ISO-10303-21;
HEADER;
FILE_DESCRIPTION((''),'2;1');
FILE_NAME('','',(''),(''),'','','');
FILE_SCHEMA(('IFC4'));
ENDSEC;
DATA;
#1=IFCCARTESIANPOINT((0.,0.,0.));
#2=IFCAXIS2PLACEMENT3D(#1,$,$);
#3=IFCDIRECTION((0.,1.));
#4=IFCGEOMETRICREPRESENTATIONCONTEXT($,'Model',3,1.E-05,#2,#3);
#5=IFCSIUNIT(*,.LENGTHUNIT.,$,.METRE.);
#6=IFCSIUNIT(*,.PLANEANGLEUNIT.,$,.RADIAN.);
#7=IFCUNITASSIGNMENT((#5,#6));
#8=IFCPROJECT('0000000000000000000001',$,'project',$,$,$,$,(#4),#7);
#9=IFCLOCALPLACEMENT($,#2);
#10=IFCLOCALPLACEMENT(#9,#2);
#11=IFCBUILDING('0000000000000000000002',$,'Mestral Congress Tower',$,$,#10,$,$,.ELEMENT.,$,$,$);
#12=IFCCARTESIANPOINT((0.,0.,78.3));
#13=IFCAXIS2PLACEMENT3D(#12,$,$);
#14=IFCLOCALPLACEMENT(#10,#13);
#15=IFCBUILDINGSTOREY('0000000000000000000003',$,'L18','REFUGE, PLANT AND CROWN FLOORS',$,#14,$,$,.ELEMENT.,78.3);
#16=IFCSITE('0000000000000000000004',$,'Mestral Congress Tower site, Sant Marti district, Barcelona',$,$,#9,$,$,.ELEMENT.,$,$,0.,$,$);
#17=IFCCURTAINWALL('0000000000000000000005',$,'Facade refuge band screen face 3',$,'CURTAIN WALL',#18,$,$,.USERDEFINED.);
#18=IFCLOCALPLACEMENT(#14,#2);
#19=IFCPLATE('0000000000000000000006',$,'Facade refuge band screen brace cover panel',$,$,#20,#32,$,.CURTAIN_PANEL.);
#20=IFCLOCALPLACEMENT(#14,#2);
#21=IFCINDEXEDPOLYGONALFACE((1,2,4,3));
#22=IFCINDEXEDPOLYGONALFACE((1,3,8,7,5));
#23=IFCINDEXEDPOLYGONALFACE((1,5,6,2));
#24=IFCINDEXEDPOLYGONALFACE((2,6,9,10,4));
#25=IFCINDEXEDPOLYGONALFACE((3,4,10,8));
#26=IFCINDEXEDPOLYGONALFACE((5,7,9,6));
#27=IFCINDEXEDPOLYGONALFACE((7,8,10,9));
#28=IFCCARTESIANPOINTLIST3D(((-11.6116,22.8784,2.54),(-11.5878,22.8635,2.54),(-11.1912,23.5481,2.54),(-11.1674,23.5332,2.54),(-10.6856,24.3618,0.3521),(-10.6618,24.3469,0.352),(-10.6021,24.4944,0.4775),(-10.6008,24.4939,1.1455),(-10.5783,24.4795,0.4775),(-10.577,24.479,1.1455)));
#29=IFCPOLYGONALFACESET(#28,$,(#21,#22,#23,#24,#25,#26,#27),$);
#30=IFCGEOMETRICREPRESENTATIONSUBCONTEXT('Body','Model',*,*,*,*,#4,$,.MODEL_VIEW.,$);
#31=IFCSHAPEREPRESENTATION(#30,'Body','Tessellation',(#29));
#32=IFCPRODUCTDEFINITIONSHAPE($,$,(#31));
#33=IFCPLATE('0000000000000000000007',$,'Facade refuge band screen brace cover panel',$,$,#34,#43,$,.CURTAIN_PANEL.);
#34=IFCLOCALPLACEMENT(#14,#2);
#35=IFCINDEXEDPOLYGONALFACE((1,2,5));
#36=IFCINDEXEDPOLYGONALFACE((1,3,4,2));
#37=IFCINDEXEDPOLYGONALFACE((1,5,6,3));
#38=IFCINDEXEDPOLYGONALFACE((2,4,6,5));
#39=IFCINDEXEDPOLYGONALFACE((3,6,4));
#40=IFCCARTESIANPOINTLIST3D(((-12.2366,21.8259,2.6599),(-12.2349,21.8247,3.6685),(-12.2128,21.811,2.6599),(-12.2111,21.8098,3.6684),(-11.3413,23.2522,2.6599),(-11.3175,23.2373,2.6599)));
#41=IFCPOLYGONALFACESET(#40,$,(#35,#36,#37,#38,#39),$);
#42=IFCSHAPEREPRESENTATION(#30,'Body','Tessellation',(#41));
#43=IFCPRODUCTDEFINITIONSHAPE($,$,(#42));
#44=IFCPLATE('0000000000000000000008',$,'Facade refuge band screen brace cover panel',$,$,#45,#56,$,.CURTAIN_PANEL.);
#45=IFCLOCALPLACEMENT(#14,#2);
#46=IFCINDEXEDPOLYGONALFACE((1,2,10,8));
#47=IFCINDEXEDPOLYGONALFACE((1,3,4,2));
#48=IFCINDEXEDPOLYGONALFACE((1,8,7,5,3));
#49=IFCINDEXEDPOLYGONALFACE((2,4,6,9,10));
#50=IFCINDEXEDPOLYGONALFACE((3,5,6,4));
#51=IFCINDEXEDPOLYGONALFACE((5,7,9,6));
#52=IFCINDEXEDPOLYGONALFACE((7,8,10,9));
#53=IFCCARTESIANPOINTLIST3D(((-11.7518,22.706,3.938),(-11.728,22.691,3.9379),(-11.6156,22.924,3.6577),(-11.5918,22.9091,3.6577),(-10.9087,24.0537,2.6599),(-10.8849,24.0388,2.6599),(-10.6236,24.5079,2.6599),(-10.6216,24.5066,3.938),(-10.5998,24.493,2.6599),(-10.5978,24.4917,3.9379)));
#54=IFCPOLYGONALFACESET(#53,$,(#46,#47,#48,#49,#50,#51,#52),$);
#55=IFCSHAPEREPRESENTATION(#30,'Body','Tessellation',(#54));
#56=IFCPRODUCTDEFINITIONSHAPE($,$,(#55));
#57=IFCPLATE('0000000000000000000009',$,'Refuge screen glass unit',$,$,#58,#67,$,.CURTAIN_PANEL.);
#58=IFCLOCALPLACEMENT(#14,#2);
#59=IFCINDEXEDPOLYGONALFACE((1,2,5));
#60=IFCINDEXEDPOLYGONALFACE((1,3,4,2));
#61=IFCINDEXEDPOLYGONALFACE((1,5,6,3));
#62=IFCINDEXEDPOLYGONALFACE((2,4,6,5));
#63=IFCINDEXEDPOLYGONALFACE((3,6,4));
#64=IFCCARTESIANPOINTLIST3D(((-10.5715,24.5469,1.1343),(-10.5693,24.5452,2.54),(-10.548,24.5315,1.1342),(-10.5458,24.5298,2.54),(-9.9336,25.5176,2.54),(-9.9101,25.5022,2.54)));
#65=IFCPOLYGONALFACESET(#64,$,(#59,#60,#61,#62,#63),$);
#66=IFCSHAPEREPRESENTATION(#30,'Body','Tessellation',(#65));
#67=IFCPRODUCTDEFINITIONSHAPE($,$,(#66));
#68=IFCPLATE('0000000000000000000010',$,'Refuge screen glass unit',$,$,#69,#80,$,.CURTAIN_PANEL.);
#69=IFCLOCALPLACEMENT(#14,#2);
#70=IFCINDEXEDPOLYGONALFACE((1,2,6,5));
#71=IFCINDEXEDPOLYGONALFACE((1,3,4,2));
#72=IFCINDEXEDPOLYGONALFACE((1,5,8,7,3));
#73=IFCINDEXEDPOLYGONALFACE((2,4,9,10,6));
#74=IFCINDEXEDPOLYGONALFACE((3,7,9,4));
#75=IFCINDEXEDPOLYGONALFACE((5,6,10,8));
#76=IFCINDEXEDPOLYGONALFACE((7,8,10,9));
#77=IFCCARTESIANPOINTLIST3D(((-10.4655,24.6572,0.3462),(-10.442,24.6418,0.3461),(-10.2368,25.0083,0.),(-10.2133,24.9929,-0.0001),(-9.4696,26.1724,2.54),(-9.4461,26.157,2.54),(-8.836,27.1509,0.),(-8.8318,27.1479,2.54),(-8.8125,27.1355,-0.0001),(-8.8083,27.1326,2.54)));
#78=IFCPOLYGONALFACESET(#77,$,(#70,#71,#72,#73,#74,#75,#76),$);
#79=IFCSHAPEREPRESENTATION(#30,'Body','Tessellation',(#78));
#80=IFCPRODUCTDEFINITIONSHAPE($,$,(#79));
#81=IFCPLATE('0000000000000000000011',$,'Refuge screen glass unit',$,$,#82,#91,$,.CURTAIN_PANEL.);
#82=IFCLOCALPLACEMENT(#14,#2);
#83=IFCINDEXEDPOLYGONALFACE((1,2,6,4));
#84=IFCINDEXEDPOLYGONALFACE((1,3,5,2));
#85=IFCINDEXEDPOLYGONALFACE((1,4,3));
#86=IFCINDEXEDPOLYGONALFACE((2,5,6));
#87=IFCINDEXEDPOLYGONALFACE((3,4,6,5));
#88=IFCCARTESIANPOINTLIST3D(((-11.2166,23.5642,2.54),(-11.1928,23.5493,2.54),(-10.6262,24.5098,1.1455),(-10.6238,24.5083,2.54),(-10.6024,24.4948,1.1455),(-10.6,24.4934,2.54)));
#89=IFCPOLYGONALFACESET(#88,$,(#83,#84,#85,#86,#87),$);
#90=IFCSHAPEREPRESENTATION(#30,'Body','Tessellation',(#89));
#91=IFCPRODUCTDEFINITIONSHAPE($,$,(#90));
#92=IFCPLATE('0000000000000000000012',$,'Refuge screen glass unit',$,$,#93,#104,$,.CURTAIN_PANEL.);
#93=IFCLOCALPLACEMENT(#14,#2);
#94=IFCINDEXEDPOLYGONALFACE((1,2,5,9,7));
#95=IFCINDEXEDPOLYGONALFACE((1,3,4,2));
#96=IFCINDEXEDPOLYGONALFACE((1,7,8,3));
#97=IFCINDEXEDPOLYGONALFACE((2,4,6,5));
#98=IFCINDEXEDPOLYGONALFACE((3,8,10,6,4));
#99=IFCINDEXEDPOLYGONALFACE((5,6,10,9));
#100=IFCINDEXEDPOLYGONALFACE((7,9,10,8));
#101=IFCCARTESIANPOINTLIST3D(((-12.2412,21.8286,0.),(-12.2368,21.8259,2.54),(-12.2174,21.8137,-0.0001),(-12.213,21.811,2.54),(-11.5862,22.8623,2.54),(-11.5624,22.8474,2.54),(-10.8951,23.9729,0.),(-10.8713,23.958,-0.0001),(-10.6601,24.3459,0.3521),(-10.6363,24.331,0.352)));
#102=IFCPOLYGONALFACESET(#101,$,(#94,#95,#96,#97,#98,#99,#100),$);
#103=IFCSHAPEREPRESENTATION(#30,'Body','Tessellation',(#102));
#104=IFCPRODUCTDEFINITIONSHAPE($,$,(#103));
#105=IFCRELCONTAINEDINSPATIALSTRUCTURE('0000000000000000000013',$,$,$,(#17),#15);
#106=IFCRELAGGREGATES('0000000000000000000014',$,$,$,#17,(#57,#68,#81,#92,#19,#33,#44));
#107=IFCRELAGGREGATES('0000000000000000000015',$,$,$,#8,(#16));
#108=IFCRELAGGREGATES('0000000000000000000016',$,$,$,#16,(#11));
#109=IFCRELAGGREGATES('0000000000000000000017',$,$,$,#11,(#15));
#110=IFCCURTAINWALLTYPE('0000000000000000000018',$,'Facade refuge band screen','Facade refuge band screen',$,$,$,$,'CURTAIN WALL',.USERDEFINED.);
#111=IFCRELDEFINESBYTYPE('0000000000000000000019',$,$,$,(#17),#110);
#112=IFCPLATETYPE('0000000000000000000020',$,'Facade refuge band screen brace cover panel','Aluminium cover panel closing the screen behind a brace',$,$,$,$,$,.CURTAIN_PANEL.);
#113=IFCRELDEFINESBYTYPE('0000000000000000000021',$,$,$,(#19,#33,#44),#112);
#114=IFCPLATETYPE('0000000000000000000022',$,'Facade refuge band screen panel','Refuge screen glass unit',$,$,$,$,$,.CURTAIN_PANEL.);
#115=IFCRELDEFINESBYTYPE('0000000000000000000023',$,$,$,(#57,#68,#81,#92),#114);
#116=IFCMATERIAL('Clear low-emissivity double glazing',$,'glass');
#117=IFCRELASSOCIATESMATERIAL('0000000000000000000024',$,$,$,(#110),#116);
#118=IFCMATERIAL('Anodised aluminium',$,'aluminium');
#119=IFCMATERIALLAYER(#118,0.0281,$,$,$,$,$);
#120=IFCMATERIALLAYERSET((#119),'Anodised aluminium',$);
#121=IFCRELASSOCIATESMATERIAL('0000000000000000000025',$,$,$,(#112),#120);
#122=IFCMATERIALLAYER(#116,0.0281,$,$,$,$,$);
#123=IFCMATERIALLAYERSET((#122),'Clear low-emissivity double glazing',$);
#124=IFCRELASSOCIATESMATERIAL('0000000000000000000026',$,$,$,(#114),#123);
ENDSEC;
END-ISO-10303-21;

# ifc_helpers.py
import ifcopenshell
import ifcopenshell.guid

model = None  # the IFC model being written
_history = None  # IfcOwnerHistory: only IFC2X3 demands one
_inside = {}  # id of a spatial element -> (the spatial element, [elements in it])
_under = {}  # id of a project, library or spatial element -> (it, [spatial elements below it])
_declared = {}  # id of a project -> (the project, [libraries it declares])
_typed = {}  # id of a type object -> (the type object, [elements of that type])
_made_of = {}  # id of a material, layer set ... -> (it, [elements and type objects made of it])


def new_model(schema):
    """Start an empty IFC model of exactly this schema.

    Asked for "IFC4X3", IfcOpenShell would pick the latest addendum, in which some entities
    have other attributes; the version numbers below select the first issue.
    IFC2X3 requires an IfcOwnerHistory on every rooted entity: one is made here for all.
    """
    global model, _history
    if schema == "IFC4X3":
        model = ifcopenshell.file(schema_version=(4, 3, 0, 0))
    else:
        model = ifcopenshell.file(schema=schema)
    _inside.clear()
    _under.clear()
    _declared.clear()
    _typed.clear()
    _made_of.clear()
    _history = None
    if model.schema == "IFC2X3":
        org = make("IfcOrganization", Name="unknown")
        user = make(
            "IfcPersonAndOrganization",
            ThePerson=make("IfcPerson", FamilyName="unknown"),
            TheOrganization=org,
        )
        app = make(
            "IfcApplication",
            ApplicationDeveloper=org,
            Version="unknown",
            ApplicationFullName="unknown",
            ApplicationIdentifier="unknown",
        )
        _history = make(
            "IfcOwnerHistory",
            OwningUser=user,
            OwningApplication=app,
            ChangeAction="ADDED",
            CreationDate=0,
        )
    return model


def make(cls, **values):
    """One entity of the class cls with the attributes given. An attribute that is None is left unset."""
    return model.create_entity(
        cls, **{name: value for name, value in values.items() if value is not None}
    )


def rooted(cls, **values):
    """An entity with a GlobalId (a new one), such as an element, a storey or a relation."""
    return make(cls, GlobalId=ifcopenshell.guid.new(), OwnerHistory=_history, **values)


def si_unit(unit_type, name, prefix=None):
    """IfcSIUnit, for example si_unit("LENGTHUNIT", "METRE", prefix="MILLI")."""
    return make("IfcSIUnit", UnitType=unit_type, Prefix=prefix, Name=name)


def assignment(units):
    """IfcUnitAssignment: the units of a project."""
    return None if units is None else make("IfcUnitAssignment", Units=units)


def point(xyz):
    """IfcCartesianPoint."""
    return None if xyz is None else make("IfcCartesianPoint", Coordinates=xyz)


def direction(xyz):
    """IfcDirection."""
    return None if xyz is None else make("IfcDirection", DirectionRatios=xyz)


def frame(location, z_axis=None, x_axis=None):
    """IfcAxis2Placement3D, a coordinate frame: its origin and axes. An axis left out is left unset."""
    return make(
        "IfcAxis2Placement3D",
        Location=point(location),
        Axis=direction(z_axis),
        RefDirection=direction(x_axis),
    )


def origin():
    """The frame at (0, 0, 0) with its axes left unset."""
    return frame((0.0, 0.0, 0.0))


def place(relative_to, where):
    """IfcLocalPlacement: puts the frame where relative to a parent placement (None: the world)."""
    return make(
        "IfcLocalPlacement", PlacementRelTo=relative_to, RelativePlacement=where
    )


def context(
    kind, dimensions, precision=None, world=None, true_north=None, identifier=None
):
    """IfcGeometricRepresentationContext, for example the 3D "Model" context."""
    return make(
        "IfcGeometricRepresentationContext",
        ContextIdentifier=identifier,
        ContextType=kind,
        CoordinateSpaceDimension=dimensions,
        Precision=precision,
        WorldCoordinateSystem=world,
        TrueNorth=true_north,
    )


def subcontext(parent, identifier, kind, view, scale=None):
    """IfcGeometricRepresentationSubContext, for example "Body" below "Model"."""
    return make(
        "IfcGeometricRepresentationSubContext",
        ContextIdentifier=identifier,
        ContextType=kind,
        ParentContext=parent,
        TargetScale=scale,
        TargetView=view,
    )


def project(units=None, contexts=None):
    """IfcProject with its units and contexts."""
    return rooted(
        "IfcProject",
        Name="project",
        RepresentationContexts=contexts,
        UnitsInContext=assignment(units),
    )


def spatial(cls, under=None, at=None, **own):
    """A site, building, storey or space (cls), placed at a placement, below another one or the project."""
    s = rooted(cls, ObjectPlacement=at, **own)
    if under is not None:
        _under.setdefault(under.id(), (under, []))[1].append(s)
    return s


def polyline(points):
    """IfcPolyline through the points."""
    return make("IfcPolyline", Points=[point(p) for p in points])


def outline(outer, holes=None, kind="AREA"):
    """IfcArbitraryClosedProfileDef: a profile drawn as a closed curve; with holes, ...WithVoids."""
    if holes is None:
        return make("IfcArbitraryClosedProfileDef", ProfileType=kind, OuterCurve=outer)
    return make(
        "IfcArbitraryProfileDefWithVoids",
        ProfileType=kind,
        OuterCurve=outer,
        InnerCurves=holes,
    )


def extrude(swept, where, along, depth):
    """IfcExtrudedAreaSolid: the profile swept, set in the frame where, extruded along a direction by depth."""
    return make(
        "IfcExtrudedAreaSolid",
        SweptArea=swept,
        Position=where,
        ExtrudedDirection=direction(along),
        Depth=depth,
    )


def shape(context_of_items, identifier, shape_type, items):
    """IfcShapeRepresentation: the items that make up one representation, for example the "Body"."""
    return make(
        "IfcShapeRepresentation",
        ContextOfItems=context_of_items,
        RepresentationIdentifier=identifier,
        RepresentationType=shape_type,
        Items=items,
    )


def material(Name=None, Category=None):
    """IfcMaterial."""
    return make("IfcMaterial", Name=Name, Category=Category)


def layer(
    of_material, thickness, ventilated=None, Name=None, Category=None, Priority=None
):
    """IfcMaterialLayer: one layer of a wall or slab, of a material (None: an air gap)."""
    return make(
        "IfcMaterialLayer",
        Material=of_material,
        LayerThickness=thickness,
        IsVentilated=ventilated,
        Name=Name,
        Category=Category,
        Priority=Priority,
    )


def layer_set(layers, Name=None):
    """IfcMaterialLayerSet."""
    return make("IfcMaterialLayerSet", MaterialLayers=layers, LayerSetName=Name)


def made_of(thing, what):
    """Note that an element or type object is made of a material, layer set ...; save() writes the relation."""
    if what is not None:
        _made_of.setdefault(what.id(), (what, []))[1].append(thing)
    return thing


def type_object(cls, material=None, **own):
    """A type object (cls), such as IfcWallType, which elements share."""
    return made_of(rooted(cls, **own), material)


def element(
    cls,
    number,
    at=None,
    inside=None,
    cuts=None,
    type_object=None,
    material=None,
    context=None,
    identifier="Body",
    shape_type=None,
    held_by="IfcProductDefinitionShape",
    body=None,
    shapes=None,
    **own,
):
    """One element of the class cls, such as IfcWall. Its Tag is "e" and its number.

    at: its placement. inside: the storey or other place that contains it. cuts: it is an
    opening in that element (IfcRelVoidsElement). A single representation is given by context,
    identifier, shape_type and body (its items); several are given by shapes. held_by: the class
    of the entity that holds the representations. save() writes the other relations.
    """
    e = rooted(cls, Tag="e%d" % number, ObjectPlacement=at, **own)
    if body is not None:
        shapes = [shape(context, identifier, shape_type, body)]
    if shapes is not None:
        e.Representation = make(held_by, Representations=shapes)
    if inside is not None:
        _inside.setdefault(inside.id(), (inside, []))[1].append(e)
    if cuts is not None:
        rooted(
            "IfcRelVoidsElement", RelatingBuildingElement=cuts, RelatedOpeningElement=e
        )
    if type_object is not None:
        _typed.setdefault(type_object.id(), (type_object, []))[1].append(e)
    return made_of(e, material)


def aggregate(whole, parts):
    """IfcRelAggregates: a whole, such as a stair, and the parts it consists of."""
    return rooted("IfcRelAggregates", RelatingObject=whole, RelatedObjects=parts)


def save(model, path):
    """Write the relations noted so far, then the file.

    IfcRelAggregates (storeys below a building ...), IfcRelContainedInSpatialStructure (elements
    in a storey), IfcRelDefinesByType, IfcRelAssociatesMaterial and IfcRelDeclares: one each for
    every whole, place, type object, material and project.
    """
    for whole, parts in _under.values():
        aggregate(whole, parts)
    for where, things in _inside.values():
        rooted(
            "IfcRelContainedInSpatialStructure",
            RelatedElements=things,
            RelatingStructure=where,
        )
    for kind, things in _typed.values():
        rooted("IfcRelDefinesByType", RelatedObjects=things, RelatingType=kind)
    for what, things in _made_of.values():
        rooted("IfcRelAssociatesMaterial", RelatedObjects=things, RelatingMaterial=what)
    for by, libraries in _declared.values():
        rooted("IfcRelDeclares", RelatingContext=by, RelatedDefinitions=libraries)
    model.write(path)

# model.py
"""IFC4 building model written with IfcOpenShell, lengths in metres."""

from ifc_helpers import new_model, si_unit, direction, frame, origin, place, context, subcontext, project, spatial, polyline, outline, extrude, material, layer, layer_set, type_object, element, aggregate, save


model = new_model("IFC4")

# Units and contexts
model_context = context("Model", 3, precision=1e-05, world=origin(), true_north=direction((0.0, 1.0)))
body_context = subcontext(model_context, "Body", "Model", "MODEL_VIEW")
ifc_project = project(units=[si_unit("LENGTHUNIT", "METRE"), si_unit("PLANEANGLEUNIT", "RADIAN")], contexts=[model_context])

# Site, building, storey
site_placement = place(None, origin())
site = spatial("IfcSite", under=ifc_project, at=site_placement, Name="Mestral Congress Tower site, Sant Marti district, Barcelona", CompositionType="ELEMENT", RefElevation=0.0)
building_placement = place(site_placement, origin())
building = spatial("IfcBuilding", under=site, at=building_placement, Name="Mestral Congress Tower", CompositionType="ELEMENT")
storey_placement = place(building_placement, frame((0.0, 0.0, 78.3)))
storey = spatial("IfcBuildingStorey", under=building, at=storey_placement, Name="L18", Description="REFUGE, PLANT AND CROWN FLOORS", CompositionType="ELEMENT", Elevation=78.3)

# Curtain wall
ifc_material_1 = material(Name="Clear low-emissivity double glazing", Category="glass")
curtain_wall_type = type_object("IfcCurtainWallType", Name="Facade refuge band screen", Description="Facade refuge band screen", ElementType="CURTAIN WALL", PredefinedType="USERDEFINED", material=ifc_material_1)
curtain_wall_placement = place(storey_placement, origin())
curtain_wall = element("IfcCurtainWall", 1, at=curtain_wall_placement, inside=storey, type_object=curtain_wall_type, Name="Facade refuge band screen face 3", ObjectType="CURTAIN WALL", PredefinedType="USERDEFINED")
ifc_material_2 = material(Name="Anodised aluminium", Category="aluminium")

# Plates
ifc_layer_1 = layer(ifc_material_2, 0.0281)
ifc_layer_set_1 = layer_set([ifc_layer_1], Name="Anodised aluminium")
plate_type_1 = type_object("IfcPlateType", Name="Facade refuge band screen brace cover panel", Description="Aluminium cover panel closing the screen behind a brace", PredefinedType="CURTAIN_PANEL", material=ifc_layer_set_1)
plate_1_placement = place(storey_placement, frame((-11.6116, 22.8784, 2.54), z_axis=(-0.84697, 0.531637, 0.001992), x_axis=(0.330598, 0.529615, -0.781161)))
plate_1 = element("IfcPlate", 2, at=plate_1_placement, type_object=plate_type_1, Name="Facade refuge band screen brace cover panel", PredefinedType="CURTAIN_PANEL", context=body_context, shape_type="SweptSolid", body=[
    extrude(outline(polyline([(0.0, 0.0), (2.8009, 0.0), (2.8007, -0.2007), (2.2791, -0.6179), (0.4937, -0.6177), (0.0, 0.0)])), origin(), (0.0, 0.0, -1.0), 0.0281),
])
plate_2_placement = place(storey_placement, frame((-12.2366, 21.8259, 2.6599), z_axis=(-0.846969, 0.531639, 0.002079), x_axis=(0.53164, 0.84697, 0.0)))
plate_2 = element("IfcPlate", 3, at=plate_2_placement, type_object=plate_type_1, Name="Facade refuge band screen brace cover panel", PredefinedType="CURTAIN_PANEL", context=body_context, shape_type="SweptSolid", body=[
    extrude(outline(polyline([(0.0, 0.0), (1.684, 0.0), (-0.0001, -1.0085), (0.0, 0.0)])), origin(), (0.0, 0.0, -1.0), 0.0281),
])
plate_3_placement = place(storey_placement, frame((-10.6216, 24.5066, 3.938), z_axis=(-0.846979, 0.531623, 0.001903), x_axis=(-0.531624, -0.846981, 0.0)))
plate_3 = element("IfcPlate", 4, at=plate_3_placement, type_object=plate_type_1, Name="Facade refuge band screen brace cover panel", PredefinedType="CURTAIN_PANEL", context=body_context, shape_type="SweptSolid", body=[
    extrude(outline(polyline([(0.0, 0.0), (2.126, 0.0), (1.8689, -0.2803), (0.5362, -1.2781), (-0.0001, -1.2781), (0.0, 0.0)])), origin(), (0.0, 0.0, -1.0), 0.0281),
])
ifc_layer_2 = layer(ifc_material_1, 0.0281)
ifc_layer_set_2 = layer_set([ifc_layer_2], Name="Clear low-emissivity double glazing")
plate_type_2 = type_object("IfcPlateType", Name="Facade refuge band screen panel", Description="Refuge screen glass unit", PredefinedType="CURTAIN_PANEL", material=ifc_layer_set_2)
plate_4_placement = place(storey_placement, frame((-10.5693, 24.5452, 2.54), z_axis=(-0.836994, 0.547209, 0.001973), x_axis=(-0.001563, 0.001216, -0.999998)))
plate_4 = element("IfcPlate", 5, at=plate_4_placement, type_object=plate_type_2, Name="Refuge screen glass unit", PredefinedType="CURTAIN_PANEL", context=body_context, shape_type="SweptSolid", body=[
    extrude(outline(polyline([(0.0, 0.0), (1.4058, 0.0), (0.0002, -1.1618), (0.0, 0.0)])), origin(), (0.0, 0.0, -1.0), 0.0281),
])
plate_5_placement = place(storey_placement, frame((-10.2368, 25.0083, 0.0), z_axis=(-0.836986, 0.547221, 0.002033), x_axis=(0.547222, 0.836987, 0.0)))
plate_5 = element("IfcPlate", 6, at=plate_5_placement, type_object=plate_type_2, Name="Refuge screen glass unit", PredefinedType="CURTAIN_PANEL", context=body_context, shape_type="SweptSolid", body=[
    extrude(outline(polyline([(0.0, 0.0), (2.5599, 0.0), (2.5597, -2.54), (1.3942, -2.54), (-0.419, -0.3462), (0.0, 0.0)])), origin(), (0.0, 0.0, -1.0), 0.0281),
])
plate_6_placement = place(storey_placement, frame((-10.6238, 24.5083, 2.54), z_axis=(-0.8469, 0.531749, 0.002041), x_axis=(-0.53175, -0.846901, 0.0)))
plate_6 = element("IfcPlate", 7, at=plate_6_placement, type_object=plate_type_2, Name="Refuge screen glass unit", PredefinedType="CURTAIN_PANEL", context=body_context, shape_type="SweptSolid", body=[
    extrude(outline(polyline([(0.0, 0.0), (1.1148, 0.0), (0.0001, -1.3945), (0.0, 0.0)])), origin(), (0.0, 0.0, -1.0), 0.0281),
])
plate_7_placement = place(storey_placement, frame((-12.2368, 21.8259, 2.54), z_axis=(-0.846947, 0.531674, 0.002008), x_axis=(-0.001714, 0.001047, -0.999998)))
plate_7 = element("IfcPlate", 8, at=plate_7_placement, type_object=plate_type_2, Name="Refuge screen glass unit", PredefinedType="CURTAIN_PANEL", context=body_context, shape_type="SweptSolid", body=[
    extrude(outline(polyline([(0.0, 0.0), (2.54, 0.0), (2.54, -2.5318), (2.1879, -2.9727), (0.0, -1.2237), (0.0, 0.0)])), origin(), (0.0, 0.0, -1.0), 0.0281),
])
aggregate(curtain_wall, [plate_4, plate_5, plate_6, plate_7, plate_1, plate_2, plate_3])

save(model, "model.ifc")
